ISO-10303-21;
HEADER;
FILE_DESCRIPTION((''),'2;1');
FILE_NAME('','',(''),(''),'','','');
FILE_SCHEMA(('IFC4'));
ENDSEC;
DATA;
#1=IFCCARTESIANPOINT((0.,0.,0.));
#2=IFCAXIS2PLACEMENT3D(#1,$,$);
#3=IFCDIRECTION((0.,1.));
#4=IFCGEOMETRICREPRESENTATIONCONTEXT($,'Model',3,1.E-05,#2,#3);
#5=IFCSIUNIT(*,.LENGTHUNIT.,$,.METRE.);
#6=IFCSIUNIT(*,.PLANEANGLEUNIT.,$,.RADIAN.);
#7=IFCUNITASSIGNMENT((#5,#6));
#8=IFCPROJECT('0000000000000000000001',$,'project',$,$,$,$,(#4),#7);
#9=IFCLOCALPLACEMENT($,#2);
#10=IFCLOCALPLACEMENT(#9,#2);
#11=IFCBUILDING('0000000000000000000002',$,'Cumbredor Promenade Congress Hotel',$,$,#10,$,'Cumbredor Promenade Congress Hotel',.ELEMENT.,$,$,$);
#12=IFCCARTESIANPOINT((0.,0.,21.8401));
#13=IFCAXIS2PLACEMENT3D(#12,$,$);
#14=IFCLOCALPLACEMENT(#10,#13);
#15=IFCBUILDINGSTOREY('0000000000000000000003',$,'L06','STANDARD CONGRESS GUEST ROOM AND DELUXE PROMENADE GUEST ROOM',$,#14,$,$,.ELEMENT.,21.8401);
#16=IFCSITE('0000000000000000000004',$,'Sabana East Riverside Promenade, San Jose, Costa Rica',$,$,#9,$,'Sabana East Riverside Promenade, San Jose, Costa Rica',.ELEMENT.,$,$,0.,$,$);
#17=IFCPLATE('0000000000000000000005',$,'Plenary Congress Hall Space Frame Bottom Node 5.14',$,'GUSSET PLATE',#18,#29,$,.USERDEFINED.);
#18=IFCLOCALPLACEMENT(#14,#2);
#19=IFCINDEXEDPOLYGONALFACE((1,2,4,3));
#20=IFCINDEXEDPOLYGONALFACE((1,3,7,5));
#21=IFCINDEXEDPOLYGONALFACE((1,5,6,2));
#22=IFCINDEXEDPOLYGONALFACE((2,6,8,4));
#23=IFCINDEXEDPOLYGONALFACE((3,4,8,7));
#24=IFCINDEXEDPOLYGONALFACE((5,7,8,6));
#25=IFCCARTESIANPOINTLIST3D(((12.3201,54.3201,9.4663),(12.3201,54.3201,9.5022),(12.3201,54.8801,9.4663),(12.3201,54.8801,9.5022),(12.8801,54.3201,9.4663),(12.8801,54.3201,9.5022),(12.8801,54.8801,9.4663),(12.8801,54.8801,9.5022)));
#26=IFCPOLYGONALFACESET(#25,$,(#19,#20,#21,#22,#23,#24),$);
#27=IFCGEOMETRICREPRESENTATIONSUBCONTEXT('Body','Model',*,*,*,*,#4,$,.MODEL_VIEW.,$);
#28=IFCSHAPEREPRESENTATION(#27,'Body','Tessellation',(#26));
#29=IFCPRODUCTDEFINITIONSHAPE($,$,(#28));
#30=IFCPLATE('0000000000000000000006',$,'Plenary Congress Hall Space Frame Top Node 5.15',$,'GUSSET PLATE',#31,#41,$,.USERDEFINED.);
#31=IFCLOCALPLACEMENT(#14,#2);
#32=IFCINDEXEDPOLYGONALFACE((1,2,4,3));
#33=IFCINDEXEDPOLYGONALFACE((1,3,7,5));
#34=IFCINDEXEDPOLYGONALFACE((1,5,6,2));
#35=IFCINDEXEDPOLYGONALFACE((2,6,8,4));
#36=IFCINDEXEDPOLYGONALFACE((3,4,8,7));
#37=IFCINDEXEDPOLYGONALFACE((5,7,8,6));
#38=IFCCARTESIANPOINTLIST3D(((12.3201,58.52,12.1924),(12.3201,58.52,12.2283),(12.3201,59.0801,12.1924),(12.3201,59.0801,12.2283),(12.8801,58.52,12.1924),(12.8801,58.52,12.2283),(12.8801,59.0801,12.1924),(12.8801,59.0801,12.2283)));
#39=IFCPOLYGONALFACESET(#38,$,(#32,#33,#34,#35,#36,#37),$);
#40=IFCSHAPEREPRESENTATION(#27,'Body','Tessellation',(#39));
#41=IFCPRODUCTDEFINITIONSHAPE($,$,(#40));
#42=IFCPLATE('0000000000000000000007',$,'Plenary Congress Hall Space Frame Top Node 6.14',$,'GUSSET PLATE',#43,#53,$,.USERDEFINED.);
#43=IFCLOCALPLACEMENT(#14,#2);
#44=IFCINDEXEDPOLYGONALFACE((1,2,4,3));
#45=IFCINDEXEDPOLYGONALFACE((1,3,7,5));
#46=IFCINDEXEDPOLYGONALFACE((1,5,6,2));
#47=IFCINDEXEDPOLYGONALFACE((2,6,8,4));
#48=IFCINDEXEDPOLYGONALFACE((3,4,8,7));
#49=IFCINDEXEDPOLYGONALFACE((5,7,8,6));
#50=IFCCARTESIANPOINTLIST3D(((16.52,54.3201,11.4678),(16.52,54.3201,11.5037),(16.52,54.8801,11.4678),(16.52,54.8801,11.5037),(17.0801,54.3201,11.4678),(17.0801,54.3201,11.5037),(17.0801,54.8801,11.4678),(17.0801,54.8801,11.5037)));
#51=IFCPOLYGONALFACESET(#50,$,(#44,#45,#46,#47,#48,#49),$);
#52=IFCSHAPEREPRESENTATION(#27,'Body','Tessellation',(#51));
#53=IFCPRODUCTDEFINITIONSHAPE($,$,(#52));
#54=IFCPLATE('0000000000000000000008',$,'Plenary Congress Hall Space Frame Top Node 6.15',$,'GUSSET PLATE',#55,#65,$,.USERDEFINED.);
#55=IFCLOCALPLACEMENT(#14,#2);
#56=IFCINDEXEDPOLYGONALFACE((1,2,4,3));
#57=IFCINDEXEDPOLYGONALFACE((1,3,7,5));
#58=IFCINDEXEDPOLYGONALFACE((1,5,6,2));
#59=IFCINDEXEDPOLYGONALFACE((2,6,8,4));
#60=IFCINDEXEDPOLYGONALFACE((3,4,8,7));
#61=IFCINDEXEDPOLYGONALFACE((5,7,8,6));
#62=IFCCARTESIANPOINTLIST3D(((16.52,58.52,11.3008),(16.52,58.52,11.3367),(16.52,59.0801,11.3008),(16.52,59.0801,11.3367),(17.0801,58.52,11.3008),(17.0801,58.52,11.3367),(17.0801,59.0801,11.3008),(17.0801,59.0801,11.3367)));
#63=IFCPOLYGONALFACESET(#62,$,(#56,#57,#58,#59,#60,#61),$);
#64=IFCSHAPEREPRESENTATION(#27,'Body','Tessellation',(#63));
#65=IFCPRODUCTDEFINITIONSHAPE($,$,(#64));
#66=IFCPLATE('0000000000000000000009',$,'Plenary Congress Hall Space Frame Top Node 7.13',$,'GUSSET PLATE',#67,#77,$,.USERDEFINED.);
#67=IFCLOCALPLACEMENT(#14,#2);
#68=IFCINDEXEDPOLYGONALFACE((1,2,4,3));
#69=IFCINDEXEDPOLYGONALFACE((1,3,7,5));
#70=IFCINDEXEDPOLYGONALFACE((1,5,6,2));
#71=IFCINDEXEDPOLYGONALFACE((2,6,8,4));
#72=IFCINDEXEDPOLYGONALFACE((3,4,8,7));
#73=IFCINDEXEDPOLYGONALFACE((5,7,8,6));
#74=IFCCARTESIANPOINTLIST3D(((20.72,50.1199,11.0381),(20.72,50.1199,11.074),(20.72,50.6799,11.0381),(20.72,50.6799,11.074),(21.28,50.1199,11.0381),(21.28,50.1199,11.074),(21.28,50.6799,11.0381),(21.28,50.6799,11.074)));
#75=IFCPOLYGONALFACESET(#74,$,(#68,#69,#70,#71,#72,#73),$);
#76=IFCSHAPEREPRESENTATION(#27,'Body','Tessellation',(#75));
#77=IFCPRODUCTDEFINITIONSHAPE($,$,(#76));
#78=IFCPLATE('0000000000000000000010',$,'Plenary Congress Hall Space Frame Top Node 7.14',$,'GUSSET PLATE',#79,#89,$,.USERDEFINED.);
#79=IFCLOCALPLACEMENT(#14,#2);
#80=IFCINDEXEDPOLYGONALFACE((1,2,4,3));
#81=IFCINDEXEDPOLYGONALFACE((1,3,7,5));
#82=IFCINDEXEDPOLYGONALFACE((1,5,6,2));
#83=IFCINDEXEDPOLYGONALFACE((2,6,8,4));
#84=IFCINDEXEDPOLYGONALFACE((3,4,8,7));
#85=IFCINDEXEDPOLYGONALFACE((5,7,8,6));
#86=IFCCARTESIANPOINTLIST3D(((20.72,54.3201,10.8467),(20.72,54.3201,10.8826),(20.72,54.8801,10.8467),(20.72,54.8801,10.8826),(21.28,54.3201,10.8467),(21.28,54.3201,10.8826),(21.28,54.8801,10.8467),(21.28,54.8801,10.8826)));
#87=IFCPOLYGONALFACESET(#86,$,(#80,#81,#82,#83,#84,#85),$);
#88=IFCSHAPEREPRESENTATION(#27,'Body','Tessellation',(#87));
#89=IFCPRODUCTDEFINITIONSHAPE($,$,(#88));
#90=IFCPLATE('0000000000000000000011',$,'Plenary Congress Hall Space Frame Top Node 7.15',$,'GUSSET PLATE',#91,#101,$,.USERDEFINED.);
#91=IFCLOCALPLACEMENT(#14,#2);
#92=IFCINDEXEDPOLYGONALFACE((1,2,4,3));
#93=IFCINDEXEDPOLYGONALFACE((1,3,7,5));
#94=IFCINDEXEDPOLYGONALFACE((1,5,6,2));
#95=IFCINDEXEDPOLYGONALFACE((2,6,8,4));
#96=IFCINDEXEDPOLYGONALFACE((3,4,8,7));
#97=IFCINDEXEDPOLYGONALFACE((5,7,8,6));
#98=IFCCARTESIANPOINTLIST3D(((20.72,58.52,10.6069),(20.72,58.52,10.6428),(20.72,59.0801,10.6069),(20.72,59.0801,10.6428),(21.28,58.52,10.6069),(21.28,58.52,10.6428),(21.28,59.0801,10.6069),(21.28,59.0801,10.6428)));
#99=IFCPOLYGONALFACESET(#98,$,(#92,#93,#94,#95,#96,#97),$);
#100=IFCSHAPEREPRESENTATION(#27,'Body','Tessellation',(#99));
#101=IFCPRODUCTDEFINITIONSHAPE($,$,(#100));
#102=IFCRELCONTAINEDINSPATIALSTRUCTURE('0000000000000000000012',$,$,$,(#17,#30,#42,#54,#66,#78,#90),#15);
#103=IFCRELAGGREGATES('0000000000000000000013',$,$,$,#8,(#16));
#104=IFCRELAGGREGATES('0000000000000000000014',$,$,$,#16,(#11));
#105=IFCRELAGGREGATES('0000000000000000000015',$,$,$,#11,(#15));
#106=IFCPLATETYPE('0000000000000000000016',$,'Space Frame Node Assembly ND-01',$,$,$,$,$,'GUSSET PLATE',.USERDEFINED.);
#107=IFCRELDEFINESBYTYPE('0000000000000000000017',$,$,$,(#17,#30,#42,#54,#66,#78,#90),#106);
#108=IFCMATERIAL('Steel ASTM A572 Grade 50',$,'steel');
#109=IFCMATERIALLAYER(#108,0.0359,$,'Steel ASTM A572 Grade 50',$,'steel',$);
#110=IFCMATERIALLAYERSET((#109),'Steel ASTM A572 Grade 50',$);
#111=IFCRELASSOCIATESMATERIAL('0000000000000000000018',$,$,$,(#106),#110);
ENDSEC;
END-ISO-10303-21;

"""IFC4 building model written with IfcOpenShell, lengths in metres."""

from ifc_helpers import new_model, si_unit, direction, frame, origin, origin_2d, place, context, subcontext, project, spatial, rectangle, extrude, material, layer, layer_set, type_object, element, save


model = new_model("IFC4")

# Units and contexts
model_context = context("Model", 3, precision=1e-05, world=origin(), true_north=direction((0.0, 1.0)))
body_context = subcontext(model_context, "Body", "Model", "MODEL_VIEW")
ifc_project = project(units=[si_unit("LENGTHUNIT", "METRE"), si_unit("PLANEANGLEUNIT", "RADIAN")], contexts=[model_context])

# Site, building, storey
site_placement = place(None, origin())
site = spatial("IfcSite", under=ifc_project, at=site_placement, Name="Sabana East Riverside Promenade, San Jose, Costa Rica", LongName="Sabana East Riverside Promenade, San Jose, Costa Rica", CompositionType="ELEMENT", RefElevation=0.0)
building_placement = place(site_placement, origin())
building = spatial("IfcBuilding", under=site, at=building_placement, Name="Cumbredor Promenade Congress Hotel", LongName="Cumbredor Promenade Congress Hotel", CompositionType="ELEMENT")
storey_placement = place(building_placement, frame((0.0, 0.0, 21.8401)))
storey = spatial("IfcBuildingStorey", under=building, at=storey_placement, Name="L06", Description="STANDARD CONGRESS GUEST ROOM AND DELUXE PROMENADE GUEST ROOM", CompositionType="ELEMENT", Elevation=21.8401)

# Plates
ifc_material_1 = material(Name="Steel ASTM A572 Grade 50", Category="steel")
ifc_layer = layer(ifc_material_1, 0.0359, Name="Steel ASTM A572 Grade 50", Category="steel")
ifc_layer_set = layer_set([ifc_layer], Name="Steel ASTM A572 Grade 50")
plate_type = type_object("IfcPlateType", Name="Space Frame Node Assembly ND-01", ElementType="GUSSET PLATE", PredefinedType="USERDEFINED", material=ifc_layer_set)
for number, where, z_axis, x_axis, name in (
    (1, (12.6001, 54.6001, 9.4663), (0.0, 0.0, 1.0), (1.0, 0.0, 0.0), "Plenary Congress Hall Space Frame Bottom Node 5.14"),
    (2, (12.6001, 58.8, 12.1924), (0.0, 0.0, 1.0), (1.0, 0.0, 0.0), "Plenary Congress Hall Space Frame Top Node 5.15"),
    (3, (16.8, 54.6001, 11.4678), (0.0, 0.0, 1.0), (1.0, 0.0, 0.0), "Plenary Congress Hall Space Frame Top Node 6.14"),
    (4, (16.8, 58.8, 11.3008), (0.0, 0.0, 1.0), (1.0, 0.0, 0.0), "Plenary Congress Hall Space Frame Top Node 6.15"),
    (5, (21.0, 50.3999, 11.0381), (0.0, 0.0, 1.0), (1.0, 0.0, 0.0), "Plenary Congress Hall Space Frame Top Node 7.13"),
    (6, (21.0, 54.6001, 10.8467), (0.0, 0.0, 1.0), (1.0, 0.0, 0.0), "Plenary Congress Hall Space Frame Top Node 7.14"),
    (7, (21.0, 58.8, 10.6069), (0.0, 0.0, 1.0), (1.0, 0.0, 0.0), "Plenary Congress Hall Space Frame Top Node 7.15"),
):
    element("IfcPlate", number, at=place(storey_placement, frame(where, z_axis=z_axis, x_axis=x_axis)), inside=storey, type_object=plate_type, Name=name, ObjectType="GUSSET PLATE", PredefinedType="USERDEFINED", context=body_context, shape_type="SweptSolid", body=[
        extrude(rectangle(XDim=0.5601, YDim=0.5601, at=origin_2d()), origin(), (0.0, 0.0, 1.0), 0.0359),
    ])

save(model, "model.ifc")
